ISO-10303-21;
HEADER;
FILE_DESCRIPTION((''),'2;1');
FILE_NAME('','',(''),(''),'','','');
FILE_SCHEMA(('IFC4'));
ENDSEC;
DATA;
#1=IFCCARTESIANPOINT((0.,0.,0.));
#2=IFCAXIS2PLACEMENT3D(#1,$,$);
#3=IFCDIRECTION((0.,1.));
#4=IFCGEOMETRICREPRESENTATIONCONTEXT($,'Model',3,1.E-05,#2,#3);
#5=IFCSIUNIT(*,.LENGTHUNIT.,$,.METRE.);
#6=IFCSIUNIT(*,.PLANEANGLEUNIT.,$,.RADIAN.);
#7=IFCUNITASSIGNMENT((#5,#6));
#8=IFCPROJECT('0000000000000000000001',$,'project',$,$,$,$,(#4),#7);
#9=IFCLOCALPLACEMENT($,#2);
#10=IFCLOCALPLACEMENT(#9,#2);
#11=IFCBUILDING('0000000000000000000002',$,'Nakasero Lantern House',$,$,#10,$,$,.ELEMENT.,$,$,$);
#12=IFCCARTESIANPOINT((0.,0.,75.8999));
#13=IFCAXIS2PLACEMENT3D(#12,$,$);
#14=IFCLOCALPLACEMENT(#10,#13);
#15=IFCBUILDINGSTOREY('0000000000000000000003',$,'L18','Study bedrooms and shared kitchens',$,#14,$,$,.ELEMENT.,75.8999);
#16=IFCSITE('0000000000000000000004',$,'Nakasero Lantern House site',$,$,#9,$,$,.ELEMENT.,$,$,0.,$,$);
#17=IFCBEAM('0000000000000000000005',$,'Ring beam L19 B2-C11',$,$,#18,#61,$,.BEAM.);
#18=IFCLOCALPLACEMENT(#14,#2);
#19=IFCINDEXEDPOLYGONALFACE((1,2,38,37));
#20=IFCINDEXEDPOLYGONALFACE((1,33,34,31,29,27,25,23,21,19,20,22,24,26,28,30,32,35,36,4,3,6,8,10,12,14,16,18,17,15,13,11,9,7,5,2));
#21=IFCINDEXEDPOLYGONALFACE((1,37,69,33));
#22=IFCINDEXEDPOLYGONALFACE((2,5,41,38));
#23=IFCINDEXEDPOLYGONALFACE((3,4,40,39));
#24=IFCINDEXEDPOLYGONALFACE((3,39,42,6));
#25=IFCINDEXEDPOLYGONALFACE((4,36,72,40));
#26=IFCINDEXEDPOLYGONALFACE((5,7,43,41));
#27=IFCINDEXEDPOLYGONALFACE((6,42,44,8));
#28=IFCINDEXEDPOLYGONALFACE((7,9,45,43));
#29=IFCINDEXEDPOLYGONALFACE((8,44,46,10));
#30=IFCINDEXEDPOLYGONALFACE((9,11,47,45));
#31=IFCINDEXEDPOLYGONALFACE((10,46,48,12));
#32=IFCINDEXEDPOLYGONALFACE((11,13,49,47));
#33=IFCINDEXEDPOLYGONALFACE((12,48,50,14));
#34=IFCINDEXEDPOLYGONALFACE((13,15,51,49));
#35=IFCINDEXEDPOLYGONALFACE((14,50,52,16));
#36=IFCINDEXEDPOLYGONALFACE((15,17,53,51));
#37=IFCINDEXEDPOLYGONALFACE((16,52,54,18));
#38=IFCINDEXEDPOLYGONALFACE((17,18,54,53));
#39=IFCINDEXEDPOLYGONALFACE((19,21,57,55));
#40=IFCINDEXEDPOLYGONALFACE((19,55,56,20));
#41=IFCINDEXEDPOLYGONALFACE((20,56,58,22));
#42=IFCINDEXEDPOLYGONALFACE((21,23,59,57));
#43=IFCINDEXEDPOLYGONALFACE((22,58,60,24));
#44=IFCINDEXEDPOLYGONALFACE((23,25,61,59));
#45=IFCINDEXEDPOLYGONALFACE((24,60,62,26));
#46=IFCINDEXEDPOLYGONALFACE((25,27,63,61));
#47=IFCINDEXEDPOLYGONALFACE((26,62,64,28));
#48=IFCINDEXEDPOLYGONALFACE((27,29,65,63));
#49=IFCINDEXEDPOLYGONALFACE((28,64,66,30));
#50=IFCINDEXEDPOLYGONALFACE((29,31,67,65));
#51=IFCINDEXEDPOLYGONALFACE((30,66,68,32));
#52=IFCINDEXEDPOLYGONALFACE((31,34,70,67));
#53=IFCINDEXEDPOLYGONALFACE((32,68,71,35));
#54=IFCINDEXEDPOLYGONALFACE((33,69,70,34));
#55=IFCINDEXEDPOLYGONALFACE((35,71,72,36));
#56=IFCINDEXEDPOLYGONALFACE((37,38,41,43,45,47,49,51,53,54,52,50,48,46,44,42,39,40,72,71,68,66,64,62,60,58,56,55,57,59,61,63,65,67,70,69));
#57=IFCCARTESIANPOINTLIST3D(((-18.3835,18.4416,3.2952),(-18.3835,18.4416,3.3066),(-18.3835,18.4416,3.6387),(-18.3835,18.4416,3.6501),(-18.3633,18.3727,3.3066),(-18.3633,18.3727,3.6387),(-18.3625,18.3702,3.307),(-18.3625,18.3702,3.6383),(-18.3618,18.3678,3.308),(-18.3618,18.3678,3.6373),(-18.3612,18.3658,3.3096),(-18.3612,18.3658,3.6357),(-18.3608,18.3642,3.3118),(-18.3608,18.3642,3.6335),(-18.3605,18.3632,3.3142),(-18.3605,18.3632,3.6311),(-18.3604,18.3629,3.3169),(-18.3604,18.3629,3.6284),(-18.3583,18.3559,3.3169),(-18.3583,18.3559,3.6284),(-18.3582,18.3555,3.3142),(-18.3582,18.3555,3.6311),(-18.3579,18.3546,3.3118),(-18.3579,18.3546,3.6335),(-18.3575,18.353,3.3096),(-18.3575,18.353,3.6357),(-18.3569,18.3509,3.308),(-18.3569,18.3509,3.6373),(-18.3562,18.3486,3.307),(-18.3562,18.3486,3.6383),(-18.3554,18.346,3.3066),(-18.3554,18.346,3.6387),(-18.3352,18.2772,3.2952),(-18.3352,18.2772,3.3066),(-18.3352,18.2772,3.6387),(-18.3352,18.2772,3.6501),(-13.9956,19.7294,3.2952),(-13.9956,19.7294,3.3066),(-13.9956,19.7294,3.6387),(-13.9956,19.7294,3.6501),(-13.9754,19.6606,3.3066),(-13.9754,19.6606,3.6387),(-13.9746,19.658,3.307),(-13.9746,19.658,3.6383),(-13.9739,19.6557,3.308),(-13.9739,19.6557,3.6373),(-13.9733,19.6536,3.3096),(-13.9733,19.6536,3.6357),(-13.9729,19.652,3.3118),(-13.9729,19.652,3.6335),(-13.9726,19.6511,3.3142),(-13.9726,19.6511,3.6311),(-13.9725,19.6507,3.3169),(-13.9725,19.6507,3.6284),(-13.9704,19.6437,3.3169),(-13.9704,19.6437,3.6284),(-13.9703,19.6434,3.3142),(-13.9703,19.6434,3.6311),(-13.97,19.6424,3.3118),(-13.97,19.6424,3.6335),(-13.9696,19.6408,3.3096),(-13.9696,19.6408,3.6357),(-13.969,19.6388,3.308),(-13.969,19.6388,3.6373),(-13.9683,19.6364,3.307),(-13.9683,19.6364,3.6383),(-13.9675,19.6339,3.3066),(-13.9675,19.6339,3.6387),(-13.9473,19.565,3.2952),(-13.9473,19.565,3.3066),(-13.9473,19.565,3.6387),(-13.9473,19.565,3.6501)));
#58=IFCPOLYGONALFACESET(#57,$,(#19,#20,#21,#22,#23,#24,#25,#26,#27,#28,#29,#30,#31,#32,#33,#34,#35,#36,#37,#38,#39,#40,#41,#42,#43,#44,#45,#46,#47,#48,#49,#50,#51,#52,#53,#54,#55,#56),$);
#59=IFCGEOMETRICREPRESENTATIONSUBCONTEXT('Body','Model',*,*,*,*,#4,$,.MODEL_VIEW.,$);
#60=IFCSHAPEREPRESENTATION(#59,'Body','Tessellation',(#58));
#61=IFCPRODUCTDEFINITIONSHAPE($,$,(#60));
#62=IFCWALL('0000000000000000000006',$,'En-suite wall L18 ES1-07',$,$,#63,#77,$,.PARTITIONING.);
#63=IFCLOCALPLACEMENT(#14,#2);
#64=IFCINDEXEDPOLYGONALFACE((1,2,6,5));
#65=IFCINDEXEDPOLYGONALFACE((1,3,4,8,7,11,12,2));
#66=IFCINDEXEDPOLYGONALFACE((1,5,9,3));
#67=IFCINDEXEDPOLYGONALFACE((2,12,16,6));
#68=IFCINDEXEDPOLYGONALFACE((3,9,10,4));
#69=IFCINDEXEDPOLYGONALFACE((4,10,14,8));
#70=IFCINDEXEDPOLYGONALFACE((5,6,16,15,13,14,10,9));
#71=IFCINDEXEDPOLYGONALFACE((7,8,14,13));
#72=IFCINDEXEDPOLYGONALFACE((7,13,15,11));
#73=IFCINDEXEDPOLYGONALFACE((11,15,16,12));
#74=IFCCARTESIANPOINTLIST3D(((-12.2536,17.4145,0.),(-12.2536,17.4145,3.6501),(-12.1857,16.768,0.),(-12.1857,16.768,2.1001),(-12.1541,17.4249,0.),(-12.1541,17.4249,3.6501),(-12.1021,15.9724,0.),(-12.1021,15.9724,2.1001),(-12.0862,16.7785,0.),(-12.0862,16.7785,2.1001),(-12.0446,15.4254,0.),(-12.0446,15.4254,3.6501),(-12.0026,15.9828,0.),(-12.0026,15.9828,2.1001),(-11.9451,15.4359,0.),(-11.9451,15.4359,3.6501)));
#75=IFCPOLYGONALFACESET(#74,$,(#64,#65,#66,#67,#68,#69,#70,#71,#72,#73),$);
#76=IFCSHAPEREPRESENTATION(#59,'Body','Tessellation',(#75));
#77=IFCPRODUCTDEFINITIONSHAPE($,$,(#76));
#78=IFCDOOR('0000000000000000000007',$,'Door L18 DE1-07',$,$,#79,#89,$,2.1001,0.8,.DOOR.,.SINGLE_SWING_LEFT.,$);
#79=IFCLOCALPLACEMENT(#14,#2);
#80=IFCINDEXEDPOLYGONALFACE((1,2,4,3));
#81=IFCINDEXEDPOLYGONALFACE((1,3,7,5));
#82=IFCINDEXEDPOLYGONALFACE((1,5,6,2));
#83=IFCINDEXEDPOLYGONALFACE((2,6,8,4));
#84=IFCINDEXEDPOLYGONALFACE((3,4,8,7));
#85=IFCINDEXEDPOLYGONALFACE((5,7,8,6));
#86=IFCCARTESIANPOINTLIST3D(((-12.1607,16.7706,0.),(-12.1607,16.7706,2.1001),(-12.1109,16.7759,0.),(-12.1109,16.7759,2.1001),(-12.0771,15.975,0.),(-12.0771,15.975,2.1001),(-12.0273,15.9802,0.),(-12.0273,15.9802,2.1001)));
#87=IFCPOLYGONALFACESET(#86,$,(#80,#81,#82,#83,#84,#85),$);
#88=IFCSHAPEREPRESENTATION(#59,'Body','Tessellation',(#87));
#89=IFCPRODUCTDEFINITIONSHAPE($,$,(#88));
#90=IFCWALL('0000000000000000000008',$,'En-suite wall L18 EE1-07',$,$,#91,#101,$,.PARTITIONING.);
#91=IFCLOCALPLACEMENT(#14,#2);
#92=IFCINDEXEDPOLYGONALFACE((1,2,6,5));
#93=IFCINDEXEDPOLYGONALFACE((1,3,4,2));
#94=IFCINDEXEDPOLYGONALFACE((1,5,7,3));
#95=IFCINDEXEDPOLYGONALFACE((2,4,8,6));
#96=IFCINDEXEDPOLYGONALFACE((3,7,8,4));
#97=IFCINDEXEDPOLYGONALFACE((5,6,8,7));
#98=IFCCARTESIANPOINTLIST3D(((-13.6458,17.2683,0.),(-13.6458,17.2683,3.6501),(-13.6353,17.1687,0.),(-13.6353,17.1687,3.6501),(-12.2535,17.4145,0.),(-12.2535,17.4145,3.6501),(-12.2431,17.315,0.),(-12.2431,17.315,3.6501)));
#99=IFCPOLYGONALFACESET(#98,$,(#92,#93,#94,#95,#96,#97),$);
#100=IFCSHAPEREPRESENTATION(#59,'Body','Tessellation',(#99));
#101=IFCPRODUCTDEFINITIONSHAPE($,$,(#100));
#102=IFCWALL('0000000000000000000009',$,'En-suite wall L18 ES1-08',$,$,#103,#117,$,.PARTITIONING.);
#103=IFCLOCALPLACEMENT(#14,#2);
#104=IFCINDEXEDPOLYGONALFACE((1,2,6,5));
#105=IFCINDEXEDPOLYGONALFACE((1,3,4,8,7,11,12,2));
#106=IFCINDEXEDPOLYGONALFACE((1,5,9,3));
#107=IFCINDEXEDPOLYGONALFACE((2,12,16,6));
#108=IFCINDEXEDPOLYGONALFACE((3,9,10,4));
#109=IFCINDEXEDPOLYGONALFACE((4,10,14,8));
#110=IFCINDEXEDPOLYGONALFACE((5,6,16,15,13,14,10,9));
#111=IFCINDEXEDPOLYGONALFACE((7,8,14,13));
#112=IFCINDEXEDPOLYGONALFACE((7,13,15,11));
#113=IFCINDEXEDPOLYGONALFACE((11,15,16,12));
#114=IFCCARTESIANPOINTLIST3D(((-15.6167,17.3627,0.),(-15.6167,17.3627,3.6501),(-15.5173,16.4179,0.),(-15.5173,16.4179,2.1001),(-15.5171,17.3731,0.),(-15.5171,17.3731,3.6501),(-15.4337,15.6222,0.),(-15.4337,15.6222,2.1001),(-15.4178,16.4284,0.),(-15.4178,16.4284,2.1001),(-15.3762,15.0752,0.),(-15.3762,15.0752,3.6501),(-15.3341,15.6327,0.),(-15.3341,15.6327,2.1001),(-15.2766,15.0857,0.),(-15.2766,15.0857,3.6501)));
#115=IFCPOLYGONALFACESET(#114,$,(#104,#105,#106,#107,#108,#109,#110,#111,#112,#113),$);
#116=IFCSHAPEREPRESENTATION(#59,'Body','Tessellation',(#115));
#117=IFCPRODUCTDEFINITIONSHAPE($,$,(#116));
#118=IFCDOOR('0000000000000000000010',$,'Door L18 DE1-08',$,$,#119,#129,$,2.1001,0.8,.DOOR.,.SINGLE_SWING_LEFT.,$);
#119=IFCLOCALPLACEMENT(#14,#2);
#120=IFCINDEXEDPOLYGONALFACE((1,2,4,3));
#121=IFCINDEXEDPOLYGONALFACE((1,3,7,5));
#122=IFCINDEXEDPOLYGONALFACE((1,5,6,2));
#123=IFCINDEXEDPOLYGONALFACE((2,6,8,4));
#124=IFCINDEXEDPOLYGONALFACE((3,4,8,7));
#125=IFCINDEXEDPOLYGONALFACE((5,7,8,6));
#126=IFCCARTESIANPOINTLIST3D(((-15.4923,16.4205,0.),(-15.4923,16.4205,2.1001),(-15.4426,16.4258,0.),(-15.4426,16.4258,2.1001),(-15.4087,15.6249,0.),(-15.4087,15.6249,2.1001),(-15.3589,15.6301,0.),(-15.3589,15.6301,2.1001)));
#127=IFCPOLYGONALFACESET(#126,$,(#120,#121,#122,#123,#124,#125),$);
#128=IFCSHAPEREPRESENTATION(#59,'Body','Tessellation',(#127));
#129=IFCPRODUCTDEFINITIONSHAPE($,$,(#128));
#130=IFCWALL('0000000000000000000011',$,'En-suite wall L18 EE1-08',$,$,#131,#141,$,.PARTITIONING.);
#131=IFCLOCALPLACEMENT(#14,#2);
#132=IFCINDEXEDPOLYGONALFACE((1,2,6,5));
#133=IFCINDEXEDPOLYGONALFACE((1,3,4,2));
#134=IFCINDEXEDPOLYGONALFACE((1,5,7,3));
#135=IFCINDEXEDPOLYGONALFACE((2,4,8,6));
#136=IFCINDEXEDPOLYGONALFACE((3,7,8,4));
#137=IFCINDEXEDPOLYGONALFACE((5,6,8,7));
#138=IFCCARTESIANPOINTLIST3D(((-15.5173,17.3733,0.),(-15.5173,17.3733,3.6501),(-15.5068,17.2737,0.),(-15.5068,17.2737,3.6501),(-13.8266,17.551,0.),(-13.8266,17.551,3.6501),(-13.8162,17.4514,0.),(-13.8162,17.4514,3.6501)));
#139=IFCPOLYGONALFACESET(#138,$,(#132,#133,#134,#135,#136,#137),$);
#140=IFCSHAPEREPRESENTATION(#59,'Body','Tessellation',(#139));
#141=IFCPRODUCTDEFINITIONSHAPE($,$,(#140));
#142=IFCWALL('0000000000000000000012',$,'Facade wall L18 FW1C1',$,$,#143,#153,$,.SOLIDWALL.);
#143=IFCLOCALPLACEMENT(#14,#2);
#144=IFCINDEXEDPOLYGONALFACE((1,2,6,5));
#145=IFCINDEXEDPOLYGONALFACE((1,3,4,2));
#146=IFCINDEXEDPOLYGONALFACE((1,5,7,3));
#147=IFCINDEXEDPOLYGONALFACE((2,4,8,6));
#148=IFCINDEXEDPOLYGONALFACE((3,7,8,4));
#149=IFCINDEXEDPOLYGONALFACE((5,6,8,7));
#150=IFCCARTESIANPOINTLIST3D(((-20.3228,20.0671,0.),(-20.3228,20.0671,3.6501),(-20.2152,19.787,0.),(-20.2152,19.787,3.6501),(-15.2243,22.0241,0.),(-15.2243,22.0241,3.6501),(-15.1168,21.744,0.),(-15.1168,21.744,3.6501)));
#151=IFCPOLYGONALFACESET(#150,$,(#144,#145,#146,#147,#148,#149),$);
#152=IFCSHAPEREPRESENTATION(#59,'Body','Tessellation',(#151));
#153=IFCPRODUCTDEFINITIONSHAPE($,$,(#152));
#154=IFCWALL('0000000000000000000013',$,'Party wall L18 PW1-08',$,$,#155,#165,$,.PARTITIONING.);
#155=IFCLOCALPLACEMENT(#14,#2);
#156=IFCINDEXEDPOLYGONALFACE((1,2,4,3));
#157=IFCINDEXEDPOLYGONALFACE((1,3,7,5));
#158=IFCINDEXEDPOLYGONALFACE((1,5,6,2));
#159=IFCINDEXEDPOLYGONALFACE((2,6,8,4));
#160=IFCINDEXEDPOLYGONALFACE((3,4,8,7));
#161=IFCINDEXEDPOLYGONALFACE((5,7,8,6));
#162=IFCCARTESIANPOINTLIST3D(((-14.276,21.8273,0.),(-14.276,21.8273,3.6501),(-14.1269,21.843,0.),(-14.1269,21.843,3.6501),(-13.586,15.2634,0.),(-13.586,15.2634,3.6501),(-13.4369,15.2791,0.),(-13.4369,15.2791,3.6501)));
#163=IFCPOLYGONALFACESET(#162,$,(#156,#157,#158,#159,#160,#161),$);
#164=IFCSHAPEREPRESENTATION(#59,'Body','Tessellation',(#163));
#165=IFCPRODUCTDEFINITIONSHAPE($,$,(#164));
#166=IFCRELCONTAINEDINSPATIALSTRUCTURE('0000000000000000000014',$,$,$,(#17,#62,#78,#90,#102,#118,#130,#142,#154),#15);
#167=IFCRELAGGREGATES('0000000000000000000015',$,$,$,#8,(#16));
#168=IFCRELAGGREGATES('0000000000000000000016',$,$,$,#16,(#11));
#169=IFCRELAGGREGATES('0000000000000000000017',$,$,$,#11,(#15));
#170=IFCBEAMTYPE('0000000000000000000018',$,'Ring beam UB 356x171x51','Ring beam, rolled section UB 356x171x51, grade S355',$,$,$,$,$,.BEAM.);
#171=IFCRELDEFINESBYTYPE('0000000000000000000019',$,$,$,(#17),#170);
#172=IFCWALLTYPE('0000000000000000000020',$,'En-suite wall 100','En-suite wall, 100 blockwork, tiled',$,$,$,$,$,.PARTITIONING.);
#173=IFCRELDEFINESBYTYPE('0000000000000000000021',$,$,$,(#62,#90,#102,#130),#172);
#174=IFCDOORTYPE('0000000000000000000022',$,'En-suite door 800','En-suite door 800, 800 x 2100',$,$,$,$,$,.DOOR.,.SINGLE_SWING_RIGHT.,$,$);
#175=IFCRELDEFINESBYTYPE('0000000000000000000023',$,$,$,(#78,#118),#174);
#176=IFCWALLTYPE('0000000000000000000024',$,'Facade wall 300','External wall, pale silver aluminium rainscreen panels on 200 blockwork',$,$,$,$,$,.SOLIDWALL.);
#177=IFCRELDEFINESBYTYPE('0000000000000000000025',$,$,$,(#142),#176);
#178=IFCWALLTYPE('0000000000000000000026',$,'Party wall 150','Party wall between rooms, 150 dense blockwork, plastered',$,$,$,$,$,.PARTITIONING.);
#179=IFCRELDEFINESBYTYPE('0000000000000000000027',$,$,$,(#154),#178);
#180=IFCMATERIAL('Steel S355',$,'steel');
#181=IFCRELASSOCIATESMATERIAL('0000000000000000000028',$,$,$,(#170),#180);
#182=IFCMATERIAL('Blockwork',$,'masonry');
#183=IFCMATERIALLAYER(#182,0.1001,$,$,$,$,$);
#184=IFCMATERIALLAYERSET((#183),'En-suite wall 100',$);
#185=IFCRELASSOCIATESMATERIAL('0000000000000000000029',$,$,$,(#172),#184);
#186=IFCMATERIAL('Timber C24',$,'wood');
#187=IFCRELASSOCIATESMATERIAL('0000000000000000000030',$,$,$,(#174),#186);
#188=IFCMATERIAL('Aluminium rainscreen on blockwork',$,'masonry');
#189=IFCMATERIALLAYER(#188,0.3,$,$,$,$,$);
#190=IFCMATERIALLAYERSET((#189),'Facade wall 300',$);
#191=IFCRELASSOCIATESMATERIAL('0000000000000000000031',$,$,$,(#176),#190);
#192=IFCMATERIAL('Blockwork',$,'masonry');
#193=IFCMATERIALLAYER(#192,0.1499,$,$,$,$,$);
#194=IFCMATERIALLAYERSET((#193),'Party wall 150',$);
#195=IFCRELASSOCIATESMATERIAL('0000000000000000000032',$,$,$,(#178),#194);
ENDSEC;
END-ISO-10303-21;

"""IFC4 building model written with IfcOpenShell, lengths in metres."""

from ifc_helpers import new_model, si_unit, direction, frame, frame_2d, origin, origin_2d, place, context, subcontext, project, spatial, rectangle, i_section, extrude, material, layer, layer_set, material_profile, profile_set, type_object, element, fill, save


model = new_model("IFC4")

# Units and contexts
model_context = context("Model", 3, precision=1e-05, world=origin(), true_north=direction((0.0, 1.0)))
body_context = subcontext(model_context, "Body", "Model", "MODEL_VIEW")
ifc_project = project(units=[si_unit("LENGTHUNIT", "METRE"), si_unit("PLANEANGLEUNIT", "RADIAN")], contexts=[model_context])

# Site, building, storey
site_placement = place(None, origin())
site = spatial("IfcSite", under=ifc_project, at=site_placement, Name="Nakasero Lantern House site", CompositionType="ELEMENT", RefElevation=0.0)
building_placement = place(site_placement, origin())
building = spatial("IfcBuilding", under=site, at=building_placement, Name="Nakasero Lantern House", CompositionType="ELEMENT")
storey_placement = place(building_placement, frame((0.0, 0.0, 75.8999)))
storey = spatial("IfcBuildingStorey", under=building, at=storey_placement, Name="L18", Description="Study bedrooms and shared kitchens", CompositionType="ELEMENT", Elevation=75.8999)

# Beam
ifc_material_1 = material(Name="Steel S355", Category="steel")
ifc_material_profile_1 = material_profile(ifc_material_1, i_section(OverallWidth=0.1714, OverallDepth=0.355, WebThickness=0.0073, FlangeThickness=0.0115, FilletRadius=0.0103, at=origin_2d()), Name="UB 356x171x51")
ifc_profile_set_1 = profile_set([ifc_material_profile_1], Name="Steel S355")
beam_type_1 = type_object("IfcBeamType", Name="Ring beam UB 356x171x51", Description="Ring beam, rolled section UB 356x171x51, grade S355", PredefinedType="BEAM", material=ifc_profile_set_1)
beam_1_placement = place(storey_placement, frame((-13.9714, 19.6472, 3.4727), z_axis=(-0.959527, -0.281617, 0.0), x_axis=(0.281617, -0.959527, 0.0)))
element("IfcBeam", 1, at=beam_1_placement, inside=storey, type_object=beam_type_1, Name="Ring beam L19 B2-C11", PredefinedType="BEAM", context=body_context, shape_type="SweptSolid", body=[
    extrude(i_section(OverallWidth=0.1714, OverallDepth=0.355, WebThickness=0.0073, FlangeThickness=0.0115, FilletRadius=0.0103, at=origin_2d()), origin(), (0.0, 0.0, 1.0), 4.573),
])

# Wall, opening, door
ifc_material_2 = material(Name="Blockwork", Category="masonry")
ifc_layer_1 = layer(ifc_material_2, 0.1001)
ifc_layer_set_1 = layer_set([ifc_layer_1], Name="En-suite wall 100")
wall_type_1 = type_object("IfcWallType", Name="En-suite wall 100", Description="En-suite wall, 100 blockwork, tiled", PredefinedType="PARTITIONING", material=ifc_layer_set_1)
wall_1_placement = place(storey_placement, frame((-11.9949, 15.4307, 0.0), z_axis=(0.0, 0.0, 1.0), x_axis=(-0.104494, 0.994526, 0.0)))
wall_1 = element("IfcWall", 2, at=wall_1_placement, inside=storey, type_object=wall_type_1, Name="En-suite wall L18 ES1-07", PredefinedType="PARTITIONING", context=body_context, shape_type="SweptSolid", body=[
    extrude(rectangle(XDim=2.0, YDim=0.1001, at=frame_2d((1.0, 0.0))), origin(), (0.0, 0.0, 1.0), 3.6501),
])
opening_1_placement = place(wall_1_placement, frame((0.55, 0.0, 0.0)))
opening_1 = element("IfcOpeningElement", 3, at=opening_1_placement, cuts=wall_1, PredefinedType="OPENING", context=body_context, shape_type="SweptSolid", body=[
    extrude(rectangle(XDim=0.8, YDim=2.1001, at=frame_2d((0.3999, 1.05))), frame((0.0, 0.0701, 0.0), z_axis=(0.0, -1.0, 0.0), x_axis=(1.0, 0.0, 0.0)), (0.0, 0.0, 1.0), 0.1401),
])
ifc_material_3 = material(Name="Timber C24", Category="wood")
door_type_1 = type_object("IfcDoorType", Name="En-suite door 800", Description="En-suite door 800, 800 x 2100", OperationType="SINGLE_SWING_RIGHT", PredefinedType="DOOR", material=ifc_material_3)
door_1_placement = place(opening_1_placement, origin())
door_1 = element("IfcDoor", 4, at=door_1_placement, inside=storey, type_object=door_type_1, Name="Door L18 DE1-07", OperationType="SINGLE_SWING_LEFT", OverallHeight=2.1001, OverallWidth=0.8, PredefinedType="DOOR", context=body_context, shape_type="SweptSolid", body=[
    extrude(rectangle(XDim=0.8, YDim=2.1001, at=frame_2d((0.3999, 1.05))), frame((0.0, 0.0249, 0.0), z_axis=(0.0, -1.0, 0.0), x_axis=(1.0, 0.0, 0.0)), (0.0, 0.0, 1.0), 0.05),
])
fill(opening_1, door_1)

# Wall
wall_2_placement = place(storey_placement, frame((-12.2483, 17.3647, 0.0), z_axis=(0.0, 0.0, 1.0), x_axis=(-0.994529, -0.104458, 0.0)))
element("IfcWall", 5, at=wall_2_placement, inside=storey, type_object=wall_type_1, Name="En-suite wall L18 EE1-07", PredefinedType="PARTITIONING", context=body_context, shape_type="SweptSolid", body=[
    extrude(rectangle(XDim=1.3999, YDim=0.1001, at=frame_2d((0.7, 0.0))), origin(), (0.0, 0.0, 1.0), 3.6501),
])

# Wall, opening, door
wall_3_placement = place(storey_placement, frame((-15.3264, 15.0806, 0.0), z_axis=(0.0, 0.0, 1.0), x_axis=(-0.104558, 0.994519, 0.0)))
wall_3 = element("IfcWall", 6, at=wall_3_placement, inside=storey, type_object=wall_type_1, Name="En-suite wall L18 ES1-08", PredefinedType="PARTITIONING", context=body_context, shape_type="SweptSolid", body=[
    extrude(rectangle(XDim=2.3, YDim=0.1001, at=frame_2d((1.1499, 0.0))), origin(), (0.0, 0.0, 1.0), 3.6501),
])
opening_2_placement = place(wall_3_placement, frame((0.55, 0.0, 0.0)))
opening_2 = element("IfcOpeningElement", 7, at=opening_2_placement, cuts=wall_3, PredefinedType="OPENING", context=body_context, shape_type="SweptSolid", body=[
    extrude(rectangle(XDim=0.8, YDim=2.1001, at=frame_2d((0.3999, 1.05))), frame((0.0, 0.0701, 0.0), z_axis=(0.0, -1.0, 0.0), x_axis=(1.0, 0.0, 0.0)), (0.0, 0.0, 1.0), 0.1401),
])
door_2_placement = place(opening_2_placement, origin())
door_2 = element("IfcDoor", 8, at=door_2_placement, inside=storey, type_object=door_type_1, Name="Door L18 DE1-08", OperationType="SINGLE_SWING_LEFT", OverallHeight=2.1001, OverallWidth=0.8, PredefinedType="DOOR", context=body_context, shape_type="SweptSolid", body=[
    extrude(rectangle(XDim=0.8, YDim=2.1001, at=frame_2d((0.3999, 1.05))), frame((0.0, 0.0249, 0.0), z_axis=(0.0, -1.0, 0.0), x_axis=(1.0, 0.0, 0.0)), (0.0, 0.0, 1.0), 0.05),
])
fill(opening_2, door_2)

# Walls
wall_4_placement = place(storey_placement, frame((-13.8213, 17.5012, 0.0), z_axis=(0.0, 0.0, 1.0), x_axis=(-0.99452, -0.10455, 0.0)))
element("IfcWall", 9, at=wall_4_placement, inside=storey, type_object=wall_type_1, Name="En-suite wall L18 EE1-08", PredefinedType="PARTITIONING", context=body_context, shape_type="SweptSolid", body=[
    extrude(rectangle(XDim=1.7, YDim=0.1001, at=frame_2d((0.8501, 0.0))), origin(), (0.0, 0.0, 1.0), 3.6501),
])
ifc_material_4 = material(Name="Aluminium rainscreen on blockwork", Category="masonry")
ifc_layer_2 = layer(ifc_material_4, 0.3)
ifc_layer_set_2 = layer_set([ifc_layer_2], Name="Facade wall 300")
wall_type_2 = type_object("IfcWallType", Name="Facade wall 300", Description="External wall, pale silver aluminium rainscreen panels on 200 blockwork", PredefinedType="SOLIDWALL", material=ifc_layer_set_2)
wall_5_placement = place(storey_placement, frame((-15.1707, 21.884, 0.0), z_axis=(0.0, 0.0, 1.0), x_axis=(-0.933584, -0.358359, 0.0)))
element("IfcWall", 10, at=wall_5_placement, inside=storey, type_object=wall_type_2, Name="Facade wall L18 FW1C1", PredefinedType="SOLIDWALL", context=body_context, shape_type="SweptSolid", body=[
    extrude(rectangle(XDim=5.4612, YDim=0.3, at=frame_2d((2.7305, 0.0))), origin(), (0.0, 0.0, 1.0), 3.6501),
])
ifc_material_5 = material(Name="Blockwork", Category="masonry")
ifc_layer_3 = layer(ifc_material_5, 0.1499)
ifc_layer_set_3 = layer_set([ifc_layer_3], Name="Party wall 150")
wall_type_3 = type_object("IfcWallType", Name="Party wall 150", Description="Party wall between rooms, 150 dense blockwork, plastered", PredefinedType="PARTITIONING", material=ifc_layer_set_3)
wall_6_placement = place(storey_placement, frame((-13.5115, 15.2712, 0.0), z_axis=(0.0, 0.0, 1.0), x_axis=(-0.104535, 0.994521, 0.0)))
element("IfcWall", 11, at=wall_6_placement, inside=storey, type_object=wall_type_3, Name="Party wall L18 PW1-08", PredefinedType="PARTITIONING", context=body_context, shape_type="SweptSolid", body=[
    extrude(rectangle(XDim=6.6001, YDim=0.1499, at=frame_2d((3.3, 0.0))), origin(), (0.0, 0.0, 1.0), 3.6501),
])

save(model, "model.ifc")
